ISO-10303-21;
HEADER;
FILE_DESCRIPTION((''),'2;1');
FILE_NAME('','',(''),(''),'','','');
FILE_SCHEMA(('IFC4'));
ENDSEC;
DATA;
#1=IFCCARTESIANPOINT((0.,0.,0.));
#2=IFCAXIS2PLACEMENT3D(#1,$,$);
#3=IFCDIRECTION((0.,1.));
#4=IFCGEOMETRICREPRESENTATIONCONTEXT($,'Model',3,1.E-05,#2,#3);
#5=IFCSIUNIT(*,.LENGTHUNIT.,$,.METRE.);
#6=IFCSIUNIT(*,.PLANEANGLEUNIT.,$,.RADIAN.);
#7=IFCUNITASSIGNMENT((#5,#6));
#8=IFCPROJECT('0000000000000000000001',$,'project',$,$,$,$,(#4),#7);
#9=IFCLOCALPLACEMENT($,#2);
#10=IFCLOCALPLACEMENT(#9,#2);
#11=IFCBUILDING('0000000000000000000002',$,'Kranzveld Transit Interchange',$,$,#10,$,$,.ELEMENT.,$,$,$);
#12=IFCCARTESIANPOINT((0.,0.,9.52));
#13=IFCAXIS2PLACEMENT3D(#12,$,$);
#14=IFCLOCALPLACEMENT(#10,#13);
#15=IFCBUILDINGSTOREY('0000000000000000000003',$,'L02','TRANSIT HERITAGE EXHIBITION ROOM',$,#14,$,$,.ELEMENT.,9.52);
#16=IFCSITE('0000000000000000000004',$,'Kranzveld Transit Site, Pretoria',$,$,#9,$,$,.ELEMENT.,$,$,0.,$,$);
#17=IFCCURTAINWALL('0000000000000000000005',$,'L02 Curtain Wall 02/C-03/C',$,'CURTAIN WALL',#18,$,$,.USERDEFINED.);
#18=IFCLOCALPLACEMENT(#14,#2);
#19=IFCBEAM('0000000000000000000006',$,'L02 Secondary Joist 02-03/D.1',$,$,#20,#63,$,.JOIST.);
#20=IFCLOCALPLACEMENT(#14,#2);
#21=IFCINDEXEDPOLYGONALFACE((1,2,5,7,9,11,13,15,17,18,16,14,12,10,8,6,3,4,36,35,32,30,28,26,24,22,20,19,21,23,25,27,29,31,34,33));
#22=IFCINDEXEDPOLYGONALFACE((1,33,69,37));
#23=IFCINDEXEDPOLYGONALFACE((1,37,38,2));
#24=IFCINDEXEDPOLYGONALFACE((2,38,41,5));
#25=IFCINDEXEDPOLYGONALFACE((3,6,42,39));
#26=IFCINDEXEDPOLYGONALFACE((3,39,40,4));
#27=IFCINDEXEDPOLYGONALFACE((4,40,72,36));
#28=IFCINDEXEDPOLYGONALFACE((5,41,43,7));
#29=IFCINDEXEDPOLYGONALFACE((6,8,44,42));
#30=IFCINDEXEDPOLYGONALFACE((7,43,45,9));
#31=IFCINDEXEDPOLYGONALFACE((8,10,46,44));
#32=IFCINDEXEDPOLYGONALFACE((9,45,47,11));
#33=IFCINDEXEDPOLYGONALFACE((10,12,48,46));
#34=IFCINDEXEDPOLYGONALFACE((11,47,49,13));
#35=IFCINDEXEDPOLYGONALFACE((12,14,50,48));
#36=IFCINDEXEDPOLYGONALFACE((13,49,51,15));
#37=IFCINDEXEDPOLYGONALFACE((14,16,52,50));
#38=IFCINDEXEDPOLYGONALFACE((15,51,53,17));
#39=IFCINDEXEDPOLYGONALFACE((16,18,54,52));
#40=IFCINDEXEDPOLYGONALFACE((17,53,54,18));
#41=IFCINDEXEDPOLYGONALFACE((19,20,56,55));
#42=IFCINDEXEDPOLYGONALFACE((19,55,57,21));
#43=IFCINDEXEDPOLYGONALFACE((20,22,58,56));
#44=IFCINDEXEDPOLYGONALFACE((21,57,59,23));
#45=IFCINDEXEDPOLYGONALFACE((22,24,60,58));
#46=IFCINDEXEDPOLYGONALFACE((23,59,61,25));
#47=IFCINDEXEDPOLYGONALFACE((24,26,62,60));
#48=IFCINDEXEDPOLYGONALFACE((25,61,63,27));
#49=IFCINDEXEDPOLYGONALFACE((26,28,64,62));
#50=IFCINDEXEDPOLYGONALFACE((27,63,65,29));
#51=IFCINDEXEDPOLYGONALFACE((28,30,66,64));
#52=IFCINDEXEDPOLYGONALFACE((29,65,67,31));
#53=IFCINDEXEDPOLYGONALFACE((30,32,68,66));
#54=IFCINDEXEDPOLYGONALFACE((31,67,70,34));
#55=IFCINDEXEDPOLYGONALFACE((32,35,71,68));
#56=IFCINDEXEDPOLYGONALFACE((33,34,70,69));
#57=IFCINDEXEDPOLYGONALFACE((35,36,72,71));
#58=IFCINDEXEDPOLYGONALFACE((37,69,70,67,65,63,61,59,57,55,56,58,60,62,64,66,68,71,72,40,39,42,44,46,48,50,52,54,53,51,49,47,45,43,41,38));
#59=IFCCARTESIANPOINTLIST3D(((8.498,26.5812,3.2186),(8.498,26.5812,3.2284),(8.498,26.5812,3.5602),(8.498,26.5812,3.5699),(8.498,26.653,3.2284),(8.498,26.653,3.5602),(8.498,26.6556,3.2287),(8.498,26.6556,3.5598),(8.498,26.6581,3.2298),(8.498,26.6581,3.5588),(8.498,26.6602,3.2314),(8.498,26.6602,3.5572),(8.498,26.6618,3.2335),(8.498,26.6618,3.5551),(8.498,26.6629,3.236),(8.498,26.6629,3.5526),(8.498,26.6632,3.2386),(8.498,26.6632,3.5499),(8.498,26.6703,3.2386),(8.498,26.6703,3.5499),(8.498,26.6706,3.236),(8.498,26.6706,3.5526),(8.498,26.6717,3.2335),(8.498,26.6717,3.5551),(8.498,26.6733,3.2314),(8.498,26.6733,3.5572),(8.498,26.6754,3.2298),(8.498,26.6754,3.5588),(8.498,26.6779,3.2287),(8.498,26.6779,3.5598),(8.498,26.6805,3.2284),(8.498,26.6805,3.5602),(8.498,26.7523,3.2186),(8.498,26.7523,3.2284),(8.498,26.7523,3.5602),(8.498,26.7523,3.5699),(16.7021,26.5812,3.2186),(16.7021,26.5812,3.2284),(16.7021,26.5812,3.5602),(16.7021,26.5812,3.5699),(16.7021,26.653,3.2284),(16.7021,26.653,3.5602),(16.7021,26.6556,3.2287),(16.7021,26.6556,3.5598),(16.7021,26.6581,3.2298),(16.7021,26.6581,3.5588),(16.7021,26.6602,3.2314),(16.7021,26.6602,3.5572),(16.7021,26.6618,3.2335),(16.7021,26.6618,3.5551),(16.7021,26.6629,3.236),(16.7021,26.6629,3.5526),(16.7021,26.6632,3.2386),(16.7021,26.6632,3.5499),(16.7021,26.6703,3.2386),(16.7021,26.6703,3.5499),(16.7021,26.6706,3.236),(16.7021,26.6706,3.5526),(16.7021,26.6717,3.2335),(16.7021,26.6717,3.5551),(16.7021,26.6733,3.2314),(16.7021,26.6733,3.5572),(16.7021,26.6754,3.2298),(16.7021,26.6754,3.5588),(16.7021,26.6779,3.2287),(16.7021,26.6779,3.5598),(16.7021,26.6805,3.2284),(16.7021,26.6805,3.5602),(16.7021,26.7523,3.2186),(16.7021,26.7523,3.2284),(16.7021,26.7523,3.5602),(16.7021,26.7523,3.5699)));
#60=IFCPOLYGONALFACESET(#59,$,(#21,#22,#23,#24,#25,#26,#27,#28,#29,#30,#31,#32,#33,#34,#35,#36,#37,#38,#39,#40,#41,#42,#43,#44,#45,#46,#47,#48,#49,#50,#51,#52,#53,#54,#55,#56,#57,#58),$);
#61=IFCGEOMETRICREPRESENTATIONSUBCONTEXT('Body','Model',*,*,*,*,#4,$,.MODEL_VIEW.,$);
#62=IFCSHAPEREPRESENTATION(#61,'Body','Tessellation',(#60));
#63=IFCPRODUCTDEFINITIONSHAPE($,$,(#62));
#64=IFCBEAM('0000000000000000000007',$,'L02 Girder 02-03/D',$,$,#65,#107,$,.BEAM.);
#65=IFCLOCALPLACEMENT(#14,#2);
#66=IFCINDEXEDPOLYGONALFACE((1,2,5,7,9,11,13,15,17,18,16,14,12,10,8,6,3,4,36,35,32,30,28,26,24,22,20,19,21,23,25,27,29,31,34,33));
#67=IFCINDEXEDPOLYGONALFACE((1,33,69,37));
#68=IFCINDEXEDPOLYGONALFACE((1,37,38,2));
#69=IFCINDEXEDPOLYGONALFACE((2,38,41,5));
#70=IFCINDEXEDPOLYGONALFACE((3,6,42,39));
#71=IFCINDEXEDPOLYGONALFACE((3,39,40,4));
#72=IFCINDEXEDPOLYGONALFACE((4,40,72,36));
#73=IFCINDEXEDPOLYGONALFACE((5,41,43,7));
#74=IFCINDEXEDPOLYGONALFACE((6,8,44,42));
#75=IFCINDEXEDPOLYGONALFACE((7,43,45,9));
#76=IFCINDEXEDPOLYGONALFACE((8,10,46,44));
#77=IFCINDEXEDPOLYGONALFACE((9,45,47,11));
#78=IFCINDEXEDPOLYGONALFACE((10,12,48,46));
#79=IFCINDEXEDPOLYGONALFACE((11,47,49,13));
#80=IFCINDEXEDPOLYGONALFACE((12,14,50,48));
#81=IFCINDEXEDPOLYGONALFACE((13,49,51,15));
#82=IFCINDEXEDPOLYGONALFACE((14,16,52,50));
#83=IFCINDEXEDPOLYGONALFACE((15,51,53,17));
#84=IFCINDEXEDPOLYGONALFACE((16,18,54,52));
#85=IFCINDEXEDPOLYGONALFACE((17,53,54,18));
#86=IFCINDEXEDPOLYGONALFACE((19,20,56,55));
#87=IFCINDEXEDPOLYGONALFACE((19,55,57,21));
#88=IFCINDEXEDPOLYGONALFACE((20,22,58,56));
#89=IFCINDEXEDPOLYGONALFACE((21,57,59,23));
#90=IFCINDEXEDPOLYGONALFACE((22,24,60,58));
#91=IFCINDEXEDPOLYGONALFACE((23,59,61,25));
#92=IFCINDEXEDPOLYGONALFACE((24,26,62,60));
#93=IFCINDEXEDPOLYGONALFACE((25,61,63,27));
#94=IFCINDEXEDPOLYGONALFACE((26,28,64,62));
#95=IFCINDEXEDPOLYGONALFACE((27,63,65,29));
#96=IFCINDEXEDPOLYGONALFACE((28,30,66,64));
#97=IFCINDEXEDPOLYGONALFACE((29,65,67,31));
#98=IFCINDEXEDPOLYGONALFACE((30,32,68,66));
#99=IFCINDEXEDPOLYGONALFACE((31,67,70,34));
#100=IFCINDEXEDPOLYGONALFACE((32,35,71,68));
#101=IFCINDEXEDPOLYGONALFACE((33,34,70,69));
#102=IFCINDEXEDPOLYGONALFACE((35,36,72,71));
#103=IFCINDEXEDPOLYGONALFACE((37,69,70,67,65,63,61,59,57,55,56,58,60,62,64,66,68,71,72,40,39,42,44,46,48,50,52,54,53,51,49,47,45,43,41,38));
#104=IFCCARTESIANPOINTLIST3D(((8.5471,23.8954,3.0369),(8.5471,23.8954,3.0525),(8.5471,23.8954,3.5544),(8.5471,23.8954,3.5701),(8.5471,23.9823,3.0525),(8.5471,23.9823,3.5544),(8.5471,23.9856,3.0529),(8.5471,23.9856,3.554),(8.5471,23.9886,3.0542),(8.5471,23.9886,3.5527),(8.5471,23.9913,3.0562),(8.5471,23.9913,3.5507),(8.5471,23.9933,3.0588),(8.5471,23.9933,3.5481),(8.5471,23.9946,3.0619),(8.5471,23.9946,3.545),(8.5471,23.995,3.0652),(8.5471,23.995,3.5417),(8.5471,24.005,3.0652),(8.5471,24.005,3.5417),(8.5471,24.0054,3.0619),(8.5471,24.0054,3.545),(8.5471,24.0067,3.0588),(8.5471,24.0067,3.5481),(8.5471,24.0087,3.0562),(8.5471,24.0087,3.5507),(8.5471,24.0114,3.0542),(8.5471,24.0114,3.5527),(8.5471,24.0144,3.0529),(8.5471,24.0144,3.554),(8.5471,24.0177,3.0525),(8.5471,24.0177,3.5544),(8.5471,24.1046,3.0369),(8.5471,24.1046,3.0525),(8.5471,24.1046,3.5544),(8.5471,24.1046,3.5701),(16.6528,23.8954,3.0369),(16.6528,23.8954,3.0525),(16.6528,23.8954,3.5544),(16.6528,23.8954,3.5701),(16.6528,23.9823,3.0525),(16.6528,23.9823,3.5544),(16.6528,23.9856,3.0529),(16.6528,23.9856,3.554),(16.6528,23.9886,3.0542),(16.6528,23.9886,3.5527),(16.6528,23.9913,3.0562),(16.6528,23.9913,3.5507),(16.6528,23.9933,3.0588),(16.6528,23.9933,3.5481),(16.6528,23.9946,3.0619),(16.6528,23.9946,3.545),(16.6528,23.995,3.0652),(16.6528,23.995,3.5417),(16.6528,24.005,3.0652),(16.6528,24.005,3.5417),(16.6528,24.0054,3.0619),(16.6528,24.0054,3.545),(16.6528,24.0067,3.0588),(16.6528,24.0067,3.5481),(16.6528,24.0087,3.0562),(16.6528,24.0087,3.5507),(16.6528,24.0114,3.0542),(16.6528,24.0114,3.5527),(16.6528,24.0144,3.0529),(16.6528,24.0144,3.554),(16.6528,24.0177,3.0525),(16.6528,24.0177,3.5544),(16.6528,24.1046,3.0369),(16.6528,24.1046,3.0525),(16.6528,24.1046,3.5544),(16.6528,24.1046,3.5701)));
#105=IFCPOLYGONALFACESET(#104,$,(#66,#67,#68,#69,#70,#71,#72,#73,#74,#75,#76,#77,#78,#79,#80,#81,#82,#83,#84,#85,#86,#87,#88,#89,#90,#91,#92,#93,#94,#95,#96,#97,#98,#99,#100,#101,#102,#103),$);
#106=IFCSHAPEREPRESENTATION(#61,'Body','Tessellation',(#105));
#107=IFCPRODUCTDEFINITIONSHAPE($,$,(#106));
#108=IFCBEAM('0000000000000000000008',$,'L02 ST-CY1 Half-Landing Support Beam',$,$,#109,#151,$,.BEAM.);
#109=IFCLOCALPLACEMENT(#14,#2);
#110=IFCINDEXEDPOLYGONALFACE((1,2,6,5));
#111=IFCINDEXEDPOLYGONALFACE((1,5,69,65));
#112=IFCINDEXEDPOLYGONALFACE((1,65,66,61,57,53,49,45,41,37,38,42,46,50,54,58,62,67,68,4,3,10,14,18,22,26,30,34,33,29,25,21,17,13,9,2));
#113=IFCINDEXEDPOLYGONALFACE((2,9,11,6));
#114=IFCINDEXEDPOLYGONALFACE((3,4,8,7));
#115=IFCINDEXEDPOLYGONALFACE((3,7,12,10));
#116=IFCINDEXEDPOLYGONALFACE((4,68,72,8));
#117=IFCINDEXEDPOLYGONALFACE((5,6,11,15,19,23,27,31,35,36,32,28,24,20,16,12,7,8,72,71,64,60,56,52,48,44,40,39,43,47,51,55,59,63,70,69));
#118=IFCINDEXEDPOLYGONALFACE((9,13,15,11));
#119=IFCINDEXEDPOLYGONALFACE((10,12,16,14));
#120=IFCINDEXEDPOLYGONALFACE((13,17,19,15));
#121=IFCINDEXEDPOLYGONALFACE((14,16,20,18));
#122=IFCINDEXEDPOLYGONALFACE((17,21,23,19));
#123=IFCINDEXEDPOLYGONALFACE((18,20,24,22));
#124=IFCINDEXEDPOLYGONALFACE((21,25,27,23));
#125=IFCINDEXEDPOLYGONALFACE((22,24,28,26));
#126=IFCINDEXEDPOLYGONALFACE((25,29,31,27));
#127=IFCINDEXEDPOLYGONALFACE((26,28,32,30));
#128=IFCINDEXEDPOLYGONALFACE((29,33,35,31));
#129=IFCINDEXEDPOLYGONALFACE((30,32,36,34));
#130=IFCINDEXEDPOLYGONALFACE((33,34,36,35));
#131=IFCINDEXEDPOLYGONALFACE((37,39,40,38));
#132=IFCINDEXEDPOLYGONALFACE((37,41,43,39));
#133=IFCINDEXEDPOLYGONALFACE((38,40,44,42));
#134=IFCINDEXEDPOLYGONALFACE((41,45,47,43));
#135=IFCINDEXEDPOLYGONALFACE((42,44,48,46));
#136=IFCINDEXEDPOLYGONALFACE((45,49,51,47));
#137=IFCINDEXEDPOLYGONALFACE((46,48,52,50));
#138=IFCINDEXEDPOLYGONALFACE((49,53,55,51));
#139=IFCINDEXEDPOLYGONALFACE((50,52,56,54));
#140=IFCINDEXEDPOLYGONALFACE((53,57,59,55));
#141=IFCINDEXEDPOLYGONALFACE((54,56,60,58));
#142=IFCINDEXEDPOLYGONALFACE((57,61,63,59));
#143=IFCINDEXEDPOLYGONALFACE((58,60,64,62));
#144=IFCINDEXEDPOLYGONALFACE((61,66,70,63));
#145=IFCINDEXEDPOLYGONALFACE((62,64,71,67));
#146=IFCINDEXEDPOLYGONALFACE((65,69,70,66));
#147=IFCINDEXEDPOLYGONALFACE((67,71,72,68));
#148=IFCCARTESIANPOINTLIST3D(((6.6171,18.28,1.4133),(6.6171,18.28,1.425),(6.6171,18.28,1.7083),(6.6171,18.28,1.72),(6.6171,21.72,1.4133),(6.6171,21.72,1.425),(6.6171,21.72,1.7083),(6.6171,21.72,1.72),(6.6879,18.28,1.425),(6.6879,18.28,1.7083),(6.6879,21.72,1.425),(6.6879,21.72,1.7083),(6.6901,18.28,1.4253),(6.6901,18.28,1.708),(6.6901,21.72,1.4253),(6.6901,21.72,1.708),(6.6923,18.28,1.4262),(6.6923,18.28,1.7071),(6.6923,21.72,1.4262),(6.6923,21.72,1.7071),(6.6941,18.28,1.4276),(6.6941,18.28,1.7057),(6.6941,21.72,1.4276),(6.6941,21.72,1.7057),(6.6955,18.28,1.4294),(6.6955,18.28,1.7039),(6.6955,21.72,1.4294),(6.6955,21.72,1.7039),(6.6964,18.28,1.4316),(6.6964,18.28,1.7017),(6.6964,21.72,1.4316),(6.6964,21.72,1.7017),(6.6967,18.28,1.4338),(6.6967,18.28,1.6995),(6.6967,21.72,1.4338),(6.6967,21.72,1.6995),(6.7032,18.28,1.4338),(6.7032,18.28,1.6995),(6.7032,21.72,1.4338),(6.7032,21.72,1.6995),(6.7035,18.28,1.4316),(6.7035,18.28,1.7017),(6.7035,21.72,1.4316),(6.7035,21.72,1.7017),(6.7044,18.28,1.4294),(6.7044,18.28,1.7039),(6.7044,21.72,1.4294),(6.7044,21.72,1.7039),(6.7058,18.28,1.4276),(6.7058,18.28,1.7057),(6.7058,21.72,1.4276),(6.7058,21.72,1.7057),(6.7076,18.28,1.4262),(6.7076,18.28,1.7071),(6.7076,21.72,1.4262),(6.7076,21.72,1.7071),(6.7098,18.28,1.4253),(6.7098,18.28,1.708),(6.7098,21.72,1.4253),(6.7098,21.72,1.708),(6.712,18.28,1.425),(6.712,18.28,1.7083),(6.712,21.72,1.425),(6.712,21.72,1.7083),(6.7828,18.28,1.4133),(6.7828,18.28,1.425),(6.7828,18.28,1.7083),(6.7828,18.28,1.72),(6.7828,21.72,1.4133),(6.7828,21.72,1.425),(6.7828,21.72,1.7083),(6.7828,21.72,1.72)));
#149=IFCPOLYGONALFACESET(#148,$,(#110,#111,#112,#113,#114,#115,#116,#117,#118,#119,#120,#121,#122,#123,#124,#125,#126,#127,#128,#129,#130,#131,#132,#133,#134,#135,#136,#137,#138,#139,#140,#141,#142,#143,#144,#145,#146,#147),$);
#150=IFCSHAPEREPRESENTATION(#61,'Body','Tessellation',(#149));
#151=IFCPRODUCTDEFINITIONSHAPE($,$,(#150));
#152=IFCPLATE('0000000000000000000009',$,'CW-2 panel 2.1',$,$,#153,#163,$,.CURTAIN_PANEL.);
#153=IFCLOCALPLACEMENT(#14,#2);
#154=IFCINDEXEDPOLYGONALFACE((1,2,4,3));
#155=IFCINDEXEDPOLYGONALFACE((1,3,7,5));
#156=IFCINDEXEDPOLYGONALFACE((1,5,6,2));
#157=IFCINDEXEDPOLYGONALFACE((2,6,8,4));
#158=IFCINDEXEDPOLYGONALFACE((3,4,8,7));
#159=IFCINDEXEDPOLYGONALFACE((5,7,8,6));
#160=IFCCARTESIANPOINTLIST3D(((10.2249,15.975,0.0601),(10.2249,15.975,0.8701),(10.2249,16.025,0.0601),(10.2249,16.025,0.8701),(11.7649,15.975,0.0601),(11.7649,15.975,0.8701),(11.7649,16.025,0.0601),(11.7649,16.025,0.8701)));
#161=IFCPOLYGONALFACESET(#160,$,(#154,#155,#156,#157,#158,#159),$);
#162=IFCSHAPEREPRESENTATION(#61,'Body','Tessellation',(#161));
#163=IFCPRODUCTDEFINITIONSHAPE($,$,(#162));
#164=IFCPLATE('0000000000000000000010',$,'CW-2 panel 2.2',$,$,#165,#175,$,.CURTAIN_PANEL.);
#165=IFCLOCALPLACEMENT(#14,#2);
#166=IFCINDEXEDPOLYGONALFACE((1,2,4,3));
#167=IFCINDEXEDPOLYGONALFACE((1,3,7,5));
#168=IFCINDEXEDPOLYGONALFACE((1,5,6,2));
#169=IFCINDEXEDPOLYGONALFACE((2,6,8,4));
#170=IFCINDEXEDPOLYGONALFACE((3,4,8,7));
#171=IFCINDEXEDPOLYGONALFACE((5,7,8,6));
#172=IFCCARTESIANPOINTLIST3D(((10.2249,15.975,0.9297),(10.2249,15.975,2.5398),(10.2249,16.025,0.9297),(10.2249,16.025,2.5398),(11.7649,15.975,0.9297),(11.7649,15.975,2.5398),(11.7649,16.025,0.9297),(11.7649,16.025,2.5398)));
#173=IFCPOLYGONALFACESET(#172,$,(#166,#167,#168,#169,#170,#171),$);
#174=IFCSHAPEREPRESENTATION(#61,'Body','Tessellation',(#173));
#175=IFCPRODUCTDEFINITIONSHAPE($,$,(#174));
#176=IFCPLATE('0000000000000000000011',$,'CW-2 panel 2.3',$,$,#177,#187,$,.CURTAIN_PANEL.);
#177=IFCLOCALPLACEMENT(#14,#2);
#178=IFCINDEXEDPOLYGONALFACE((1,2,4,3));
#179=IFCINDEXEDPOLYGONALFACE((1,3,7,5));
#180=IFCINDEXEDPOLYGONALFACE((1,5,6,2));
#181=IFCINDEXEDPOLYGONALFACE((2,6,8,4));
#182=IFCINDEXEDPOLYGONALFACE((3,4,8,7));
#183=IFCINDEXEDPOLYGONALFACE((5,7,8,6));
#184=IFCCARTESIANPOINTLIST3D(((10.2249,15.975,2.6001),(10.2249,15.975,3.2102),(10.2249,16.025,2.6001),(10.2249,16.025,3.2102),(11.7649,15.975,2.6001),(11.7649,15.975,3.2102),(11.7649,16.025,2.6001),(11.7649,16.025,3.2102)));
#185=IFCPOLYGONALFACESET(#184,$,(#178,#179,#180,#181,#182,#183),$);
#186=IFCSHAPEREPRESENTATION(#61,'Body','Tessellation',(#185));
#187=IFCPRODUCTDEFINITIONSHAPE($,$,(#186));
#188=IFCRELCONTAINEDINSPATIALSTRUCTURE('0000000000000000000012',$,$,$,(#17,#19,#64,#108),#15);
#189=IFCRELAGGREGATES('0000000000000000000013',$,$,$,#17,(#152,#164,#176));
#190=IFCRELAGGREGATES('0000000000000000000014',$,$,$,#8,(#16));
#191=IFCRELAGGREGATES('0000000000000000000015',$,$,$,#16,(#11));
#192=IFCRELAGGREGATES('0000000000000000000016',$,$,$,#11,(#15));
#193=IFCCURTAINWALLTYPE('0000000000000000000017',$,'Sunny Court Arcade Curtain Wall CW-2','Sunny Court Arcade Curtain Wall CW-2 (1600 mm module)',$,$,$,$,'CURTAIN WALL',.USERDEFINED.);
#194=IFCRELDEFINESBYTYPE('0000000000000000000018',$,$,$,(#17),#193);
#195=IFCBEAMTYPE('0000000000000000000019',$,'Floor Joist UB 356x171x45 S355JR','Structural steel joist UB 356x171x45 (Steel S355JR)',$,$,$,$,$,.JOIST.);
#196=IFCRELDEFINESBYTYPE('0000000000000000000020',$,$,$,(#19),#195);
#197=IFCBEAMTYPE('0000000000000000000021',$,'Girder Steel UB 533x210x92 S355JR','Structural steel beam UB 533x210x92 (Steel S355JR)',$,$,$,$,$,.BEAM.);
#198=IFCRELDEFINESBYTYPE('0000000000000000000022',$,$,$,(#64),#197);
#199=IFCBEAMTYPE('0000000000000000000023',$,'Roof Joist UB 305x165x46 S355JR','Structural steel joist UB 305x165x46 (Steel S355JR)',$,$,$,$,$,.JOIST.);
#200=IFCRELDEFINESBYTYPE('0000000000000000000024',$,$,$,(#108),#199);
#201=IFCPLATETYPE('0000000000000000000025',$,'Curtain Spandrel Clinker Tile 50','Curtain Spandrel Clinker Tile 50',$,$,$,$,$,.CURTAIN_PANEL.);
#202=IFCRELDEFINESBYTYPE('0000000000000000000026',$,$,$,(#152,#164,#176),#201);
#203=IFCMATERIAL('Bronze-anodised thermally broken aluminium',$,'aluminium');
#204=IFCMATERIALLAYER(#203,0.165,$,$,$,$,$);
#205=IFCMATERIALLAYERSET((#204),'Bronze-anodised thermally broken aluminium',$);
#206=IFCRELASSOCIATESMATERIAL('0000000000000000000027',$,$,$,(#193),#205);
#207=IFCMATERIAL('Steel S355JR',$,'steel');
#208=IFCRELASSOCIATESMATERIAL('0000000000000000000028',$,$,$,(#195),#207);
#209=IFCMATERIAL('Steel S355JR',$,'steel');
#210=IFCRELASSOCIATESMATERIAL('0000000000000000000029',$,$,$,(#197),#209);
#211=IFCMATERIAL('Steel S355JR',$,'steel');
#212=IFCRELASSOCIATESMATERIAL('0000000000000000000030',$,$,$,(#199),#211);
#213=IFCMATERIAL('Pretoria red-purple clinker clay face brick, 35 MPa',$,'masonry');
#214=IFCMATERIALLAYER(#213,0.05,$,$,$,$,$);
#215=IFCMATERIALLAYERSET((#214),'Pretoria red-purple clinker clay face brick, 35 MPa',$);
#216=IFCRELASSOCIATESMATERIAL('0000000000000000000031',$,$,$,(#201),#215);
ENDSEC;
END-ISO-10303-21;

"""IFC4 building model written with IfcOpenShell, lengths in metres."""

from ifc_helpers import new_model, si_unit, direction, frame, origin, origin_2d, place, context, subcontext, project, spatial, rectangle, i_section, extrude, material, layer, layer_set, material_profile, profile_set, type_object, element, aggregate, save


model = new_model("IFC4")

# Units and contexts
model_context = context("Model", 3, precision=1e-05, world=origin(), true_north=direction((0.0, 1.0)))
body_context = subcontext(model_context, "Body", "Model", "MODEL_VIEW")
ifc_project = project(units=[si_unit("LENGTHUNIT", "METRE"), si_unit("PLANEANGLEUNIT", "RADIAN")], contexts=[model_context])

# Site, building, storey
site_placement = place(None, origin())
site = spatial("IfcSite", under=ifc_project, at=site_placement, Name="Kranzveld Transit Site, Pretoria", CompositionType="ELEMENT", RefElevation=0.0)
building_placement = place(site_placement, origin())
building = spatial("IfcBuilding", under=site, at=building_placement, Name="Kranzveld Transit Interchange", CompositionType="ELEMENT")
storey_placement = place(building_placement, frame((0.0, 0.0, 9.52)))
storey = spatial("IfcBuildingStorey", under=building, at=storey_placement, Name="L02", Description="TRANSIT HERITAGE EXHIBITION ROOM", CompositionType="ELEMENT", Elevation=9.52)

# Curtain wall
ifc_material_1 = material(Name="Bronze-anodised thermally broken aluminium", Category="aluminium")
ifc_layer_1 = layer(ifc_material_1, 0.165)
ifc_layer_set_1 = layer_set([ifc_layer_1], Name="Bronze-anodised thermally broken aluminium")
curtain_wall_type = type_object("IfcCurtainWallType", Name="Sunny Court Arcade Curtain Wall CW-2", Description="Sunny Court Arcade Curtain Wall CW-2 (1600 mm module)", ElementType="CURTAIN WALL", PredefinedType="USERDEFINED", material=ifc_layer_set_1)
curtain_wall_placement = place(storey_placement, origin())
curtain_wall = element("IfcCurtainWall", 1, at=curtain_wall_placement, inside=storey, type_object=curtain_wall_type, Name="L02 Curtain Wall 02/C-03/C", ObjectType="CURTAIN WALL", PredefinedType="USERDEFINED")

# Beams
ifc_material_2 = material(Name="Steel S355JR", Category="steel")
ifc_material_profile_1 = material_profile(ifc_material_2, i_section(OverallWidth=0.1711, OverallDepth=0.3513, WebThickness=0.0071, FlangeThickness=0.0098, FilletRadius=0.0103, at=origin_2d()), Name="UB 356x171x45")
ifc_profile_set_1 = profile_set([ifc_material_profile_1], Name="Steel S355JR")
beam_type_1 = type_object("IfcBeamType", Name="Floor Joist UB 356x171x45 S355JR", Description="Structural steel joist UB 356x171x45 (Steel S355JR)", PredefinedType="JOIST", material=ifc_profile_set_1)
beam_1_placement = place(storey_placement, frame((8.498, 26.6667, 3.3943), z_axis=(1.0, 0.0, 0.0), x_axis=(0.0, 1.0, 0.0)))
element("IfcBeam", 2, at=beam_1_placement, inside=storey, type_object=beam_type_1, Name="L02 Secondary Joist 02-03/D.1", PredefinedType="JOIST", context=body_context, shape_type="SweptSolid", body=[
    extrude(i_section(OverallWidth=0.1711, OverallDepth=0.3513, WebThickness=0.0071, FlangeThickness=0.0098, FilletRadius=0.0103, at=origin_2d()), origin(), (0.0, 0.0, 1.0), 8.2041),
])
ifc_material_3 = material(Name="Steel S355JR", Category="steel")
ifc_material_profile_2 = material_profile(ifc_material_3, i_section(OverallWidth=0.2092, OverallDepth=0.5332, WebThickness=0.01, FlangeThickness=0.0156, FilletRadius=0.0127, at=origin_2d()), Name="UB 533x210x92")
ifc_profile_set_2 = profile_set([ifc_material_profile_2], Name="Steel S355JR")
beam_type_2 = type_object("IfcBeamType", Name="Girder Steel UB 533x210x92 S355JR", Description="Structural steel beam UB 533x210x92 (Steel S355JR)", PredefinedType="BEAM", material=ifc_profile_set_2)
beam_2_placement = place(storey_placement, frame((8.5471, 24.0, 3.3035), z_axis=(1.0, 0.0, 0.0), x_axis=(0.0, 1.0, 0.0)))
element("IfcBeam", 3, at=beam_2_placement, inside=storey, type_object=beam_type_2, Name="L02 Girder 02-03/D", PredefinedType="BEAM", context=body_context, shape_type="SweptSolid", body=[
    extrude(i_section(OverallWidth=0.2092, OverallDepth=0.5332, WebThickness=0.01, FlangeThickness=0.0156, FilletRadius=0.0127, at=origin_2d()), origin(), (0.0, 0.0, 1.0), 8.1057),
])
ifc_material_4 = material(Name="Steel S355JR", Category="steel")
ifc_material_profile_3 = material_profile(ifc_material_4, i_section(OverallWidth=0.1658, OverallDepth=0.3066, WebThickness=0.0066, FlangeThickness=0.0117, FilletRadius=0.0088, at=origin_2d()), Name="UB 305x165x46")
ifc_profile_set_3 = profile_set([ifc_material_profile_3], Name="Steel S355JR")
beam_type_3 = type_object("IfcBeamType", Name="Roof Joist UB 305x165x46 S355JR", Description="Structural steel joist UB 305x165x46 (Steel S355JR)", PredefinedType="JOIST", material=ifc_profile_set_3)
beam_3_placement = place(storey_placement, frame((6.7, 18.28, 1.5667), z_axis=(0.0, 1.0, 0.0), x_axis=(-1.0, 0.0, 0.0)))
element("IfcBeam", 4, at=beam_3_placement, inside=storey, type_object=beam_type_3, Name="L02 ST-CY1 Half-Landing Support Beam", PredefinedType="BEAM", context=body_context, shape_type="SweptSolid", body=[
    extrude(i_section(OverallWidth=0.1658, OverallDepth=0.3066, WebThickness=0.0066, FlangeThickness=0.0117, FilletRadius=0.0088, at=origin_2d()), origin(), (0.0, 0.0, 1.0), 3.4399),
])

# Plates
ifc_material_5 = material(Name="Pretoria red-purple clinker clay face brick, 35 MPa", Category="masonry")
ifc_layer_2 = layer(ifc_material_5, 0.05)
ifc_layer_set_2 = layer_set([ifc_layer_2], Name="Pretoria red-purple clinker clay face brick, 35 MPa")
plate_type = type_object("IfcPlateType", Name="Curtain Spandrel Clinker Tile 50", Description="Curtain Spandrel Clinker Tile 50", PredefinedType="CURTAIN_PANEL", material=ifc_layer_set_2)
plate_1_placement = place(storey_placement, frame((10.9949, 16.0, 0.0601), z_axis=(0.0, 0.0, 1.0), x_axis=(1.0, 0.0, 0.0)))
plate_1 = element("IfcPlate", 5, at=plate_1_placement, type_object=plate_type, Name="CW-2 panel 2.1", PredefinedType="CURTAIN_PANEL", context=body_context, shape_type="SweptSolid", body=[
    extrude(rectangle(XDim=1.54, YDim=0.05, at=origin_2d()), origin(), (0.0, 0.0, 1.0), 0.8101),
])
plate_2_placement = place(storey_placement, frame((10.9949, 16.0, 0.9297), z_axis=(0.0, 0.0, 1.0), x_axis=(1.0, 0.0, 0.0)))
plate_2 = element("IfcPlate", 6, at=plate_2_placement, type_object=plate_type, Name="CW-2 panel 2.2", PredefinedType="CURTAIN_PANEL", context=body_context, shape_type="SweptSolid", body=[
    extrude(rectangle(XDim=1.54, YDim=0.05, at=origin_2d()), origin(), (0.0, 0.0, 1.0), 1.6101),
])
plate_3_placement = place(storey_placement, frame((10.9949, 16.0, 2.6001), z_axis=(0.0, 0.0, 1.0), x_axis=(1.0, 0.0, 0.0)))
plate_3 = element("IfcPlate", 7, at=plate_3_placement, type_object=plate_type, Name="CW-2 panel 2.3", PredefinedType="CURTAIN_PANEL", context=body_context, shape_type="SweptSolid", body=[
    extrude(rectangle(XDim=1.54, YDim=0.05, at=origin_2d()), origin(), (0.0, 0.0, 1.0), 0.6101),
])
aggregate(curtain_wall, [plate_1, plate_2, plate_3])

save(model, "model.ifc")
